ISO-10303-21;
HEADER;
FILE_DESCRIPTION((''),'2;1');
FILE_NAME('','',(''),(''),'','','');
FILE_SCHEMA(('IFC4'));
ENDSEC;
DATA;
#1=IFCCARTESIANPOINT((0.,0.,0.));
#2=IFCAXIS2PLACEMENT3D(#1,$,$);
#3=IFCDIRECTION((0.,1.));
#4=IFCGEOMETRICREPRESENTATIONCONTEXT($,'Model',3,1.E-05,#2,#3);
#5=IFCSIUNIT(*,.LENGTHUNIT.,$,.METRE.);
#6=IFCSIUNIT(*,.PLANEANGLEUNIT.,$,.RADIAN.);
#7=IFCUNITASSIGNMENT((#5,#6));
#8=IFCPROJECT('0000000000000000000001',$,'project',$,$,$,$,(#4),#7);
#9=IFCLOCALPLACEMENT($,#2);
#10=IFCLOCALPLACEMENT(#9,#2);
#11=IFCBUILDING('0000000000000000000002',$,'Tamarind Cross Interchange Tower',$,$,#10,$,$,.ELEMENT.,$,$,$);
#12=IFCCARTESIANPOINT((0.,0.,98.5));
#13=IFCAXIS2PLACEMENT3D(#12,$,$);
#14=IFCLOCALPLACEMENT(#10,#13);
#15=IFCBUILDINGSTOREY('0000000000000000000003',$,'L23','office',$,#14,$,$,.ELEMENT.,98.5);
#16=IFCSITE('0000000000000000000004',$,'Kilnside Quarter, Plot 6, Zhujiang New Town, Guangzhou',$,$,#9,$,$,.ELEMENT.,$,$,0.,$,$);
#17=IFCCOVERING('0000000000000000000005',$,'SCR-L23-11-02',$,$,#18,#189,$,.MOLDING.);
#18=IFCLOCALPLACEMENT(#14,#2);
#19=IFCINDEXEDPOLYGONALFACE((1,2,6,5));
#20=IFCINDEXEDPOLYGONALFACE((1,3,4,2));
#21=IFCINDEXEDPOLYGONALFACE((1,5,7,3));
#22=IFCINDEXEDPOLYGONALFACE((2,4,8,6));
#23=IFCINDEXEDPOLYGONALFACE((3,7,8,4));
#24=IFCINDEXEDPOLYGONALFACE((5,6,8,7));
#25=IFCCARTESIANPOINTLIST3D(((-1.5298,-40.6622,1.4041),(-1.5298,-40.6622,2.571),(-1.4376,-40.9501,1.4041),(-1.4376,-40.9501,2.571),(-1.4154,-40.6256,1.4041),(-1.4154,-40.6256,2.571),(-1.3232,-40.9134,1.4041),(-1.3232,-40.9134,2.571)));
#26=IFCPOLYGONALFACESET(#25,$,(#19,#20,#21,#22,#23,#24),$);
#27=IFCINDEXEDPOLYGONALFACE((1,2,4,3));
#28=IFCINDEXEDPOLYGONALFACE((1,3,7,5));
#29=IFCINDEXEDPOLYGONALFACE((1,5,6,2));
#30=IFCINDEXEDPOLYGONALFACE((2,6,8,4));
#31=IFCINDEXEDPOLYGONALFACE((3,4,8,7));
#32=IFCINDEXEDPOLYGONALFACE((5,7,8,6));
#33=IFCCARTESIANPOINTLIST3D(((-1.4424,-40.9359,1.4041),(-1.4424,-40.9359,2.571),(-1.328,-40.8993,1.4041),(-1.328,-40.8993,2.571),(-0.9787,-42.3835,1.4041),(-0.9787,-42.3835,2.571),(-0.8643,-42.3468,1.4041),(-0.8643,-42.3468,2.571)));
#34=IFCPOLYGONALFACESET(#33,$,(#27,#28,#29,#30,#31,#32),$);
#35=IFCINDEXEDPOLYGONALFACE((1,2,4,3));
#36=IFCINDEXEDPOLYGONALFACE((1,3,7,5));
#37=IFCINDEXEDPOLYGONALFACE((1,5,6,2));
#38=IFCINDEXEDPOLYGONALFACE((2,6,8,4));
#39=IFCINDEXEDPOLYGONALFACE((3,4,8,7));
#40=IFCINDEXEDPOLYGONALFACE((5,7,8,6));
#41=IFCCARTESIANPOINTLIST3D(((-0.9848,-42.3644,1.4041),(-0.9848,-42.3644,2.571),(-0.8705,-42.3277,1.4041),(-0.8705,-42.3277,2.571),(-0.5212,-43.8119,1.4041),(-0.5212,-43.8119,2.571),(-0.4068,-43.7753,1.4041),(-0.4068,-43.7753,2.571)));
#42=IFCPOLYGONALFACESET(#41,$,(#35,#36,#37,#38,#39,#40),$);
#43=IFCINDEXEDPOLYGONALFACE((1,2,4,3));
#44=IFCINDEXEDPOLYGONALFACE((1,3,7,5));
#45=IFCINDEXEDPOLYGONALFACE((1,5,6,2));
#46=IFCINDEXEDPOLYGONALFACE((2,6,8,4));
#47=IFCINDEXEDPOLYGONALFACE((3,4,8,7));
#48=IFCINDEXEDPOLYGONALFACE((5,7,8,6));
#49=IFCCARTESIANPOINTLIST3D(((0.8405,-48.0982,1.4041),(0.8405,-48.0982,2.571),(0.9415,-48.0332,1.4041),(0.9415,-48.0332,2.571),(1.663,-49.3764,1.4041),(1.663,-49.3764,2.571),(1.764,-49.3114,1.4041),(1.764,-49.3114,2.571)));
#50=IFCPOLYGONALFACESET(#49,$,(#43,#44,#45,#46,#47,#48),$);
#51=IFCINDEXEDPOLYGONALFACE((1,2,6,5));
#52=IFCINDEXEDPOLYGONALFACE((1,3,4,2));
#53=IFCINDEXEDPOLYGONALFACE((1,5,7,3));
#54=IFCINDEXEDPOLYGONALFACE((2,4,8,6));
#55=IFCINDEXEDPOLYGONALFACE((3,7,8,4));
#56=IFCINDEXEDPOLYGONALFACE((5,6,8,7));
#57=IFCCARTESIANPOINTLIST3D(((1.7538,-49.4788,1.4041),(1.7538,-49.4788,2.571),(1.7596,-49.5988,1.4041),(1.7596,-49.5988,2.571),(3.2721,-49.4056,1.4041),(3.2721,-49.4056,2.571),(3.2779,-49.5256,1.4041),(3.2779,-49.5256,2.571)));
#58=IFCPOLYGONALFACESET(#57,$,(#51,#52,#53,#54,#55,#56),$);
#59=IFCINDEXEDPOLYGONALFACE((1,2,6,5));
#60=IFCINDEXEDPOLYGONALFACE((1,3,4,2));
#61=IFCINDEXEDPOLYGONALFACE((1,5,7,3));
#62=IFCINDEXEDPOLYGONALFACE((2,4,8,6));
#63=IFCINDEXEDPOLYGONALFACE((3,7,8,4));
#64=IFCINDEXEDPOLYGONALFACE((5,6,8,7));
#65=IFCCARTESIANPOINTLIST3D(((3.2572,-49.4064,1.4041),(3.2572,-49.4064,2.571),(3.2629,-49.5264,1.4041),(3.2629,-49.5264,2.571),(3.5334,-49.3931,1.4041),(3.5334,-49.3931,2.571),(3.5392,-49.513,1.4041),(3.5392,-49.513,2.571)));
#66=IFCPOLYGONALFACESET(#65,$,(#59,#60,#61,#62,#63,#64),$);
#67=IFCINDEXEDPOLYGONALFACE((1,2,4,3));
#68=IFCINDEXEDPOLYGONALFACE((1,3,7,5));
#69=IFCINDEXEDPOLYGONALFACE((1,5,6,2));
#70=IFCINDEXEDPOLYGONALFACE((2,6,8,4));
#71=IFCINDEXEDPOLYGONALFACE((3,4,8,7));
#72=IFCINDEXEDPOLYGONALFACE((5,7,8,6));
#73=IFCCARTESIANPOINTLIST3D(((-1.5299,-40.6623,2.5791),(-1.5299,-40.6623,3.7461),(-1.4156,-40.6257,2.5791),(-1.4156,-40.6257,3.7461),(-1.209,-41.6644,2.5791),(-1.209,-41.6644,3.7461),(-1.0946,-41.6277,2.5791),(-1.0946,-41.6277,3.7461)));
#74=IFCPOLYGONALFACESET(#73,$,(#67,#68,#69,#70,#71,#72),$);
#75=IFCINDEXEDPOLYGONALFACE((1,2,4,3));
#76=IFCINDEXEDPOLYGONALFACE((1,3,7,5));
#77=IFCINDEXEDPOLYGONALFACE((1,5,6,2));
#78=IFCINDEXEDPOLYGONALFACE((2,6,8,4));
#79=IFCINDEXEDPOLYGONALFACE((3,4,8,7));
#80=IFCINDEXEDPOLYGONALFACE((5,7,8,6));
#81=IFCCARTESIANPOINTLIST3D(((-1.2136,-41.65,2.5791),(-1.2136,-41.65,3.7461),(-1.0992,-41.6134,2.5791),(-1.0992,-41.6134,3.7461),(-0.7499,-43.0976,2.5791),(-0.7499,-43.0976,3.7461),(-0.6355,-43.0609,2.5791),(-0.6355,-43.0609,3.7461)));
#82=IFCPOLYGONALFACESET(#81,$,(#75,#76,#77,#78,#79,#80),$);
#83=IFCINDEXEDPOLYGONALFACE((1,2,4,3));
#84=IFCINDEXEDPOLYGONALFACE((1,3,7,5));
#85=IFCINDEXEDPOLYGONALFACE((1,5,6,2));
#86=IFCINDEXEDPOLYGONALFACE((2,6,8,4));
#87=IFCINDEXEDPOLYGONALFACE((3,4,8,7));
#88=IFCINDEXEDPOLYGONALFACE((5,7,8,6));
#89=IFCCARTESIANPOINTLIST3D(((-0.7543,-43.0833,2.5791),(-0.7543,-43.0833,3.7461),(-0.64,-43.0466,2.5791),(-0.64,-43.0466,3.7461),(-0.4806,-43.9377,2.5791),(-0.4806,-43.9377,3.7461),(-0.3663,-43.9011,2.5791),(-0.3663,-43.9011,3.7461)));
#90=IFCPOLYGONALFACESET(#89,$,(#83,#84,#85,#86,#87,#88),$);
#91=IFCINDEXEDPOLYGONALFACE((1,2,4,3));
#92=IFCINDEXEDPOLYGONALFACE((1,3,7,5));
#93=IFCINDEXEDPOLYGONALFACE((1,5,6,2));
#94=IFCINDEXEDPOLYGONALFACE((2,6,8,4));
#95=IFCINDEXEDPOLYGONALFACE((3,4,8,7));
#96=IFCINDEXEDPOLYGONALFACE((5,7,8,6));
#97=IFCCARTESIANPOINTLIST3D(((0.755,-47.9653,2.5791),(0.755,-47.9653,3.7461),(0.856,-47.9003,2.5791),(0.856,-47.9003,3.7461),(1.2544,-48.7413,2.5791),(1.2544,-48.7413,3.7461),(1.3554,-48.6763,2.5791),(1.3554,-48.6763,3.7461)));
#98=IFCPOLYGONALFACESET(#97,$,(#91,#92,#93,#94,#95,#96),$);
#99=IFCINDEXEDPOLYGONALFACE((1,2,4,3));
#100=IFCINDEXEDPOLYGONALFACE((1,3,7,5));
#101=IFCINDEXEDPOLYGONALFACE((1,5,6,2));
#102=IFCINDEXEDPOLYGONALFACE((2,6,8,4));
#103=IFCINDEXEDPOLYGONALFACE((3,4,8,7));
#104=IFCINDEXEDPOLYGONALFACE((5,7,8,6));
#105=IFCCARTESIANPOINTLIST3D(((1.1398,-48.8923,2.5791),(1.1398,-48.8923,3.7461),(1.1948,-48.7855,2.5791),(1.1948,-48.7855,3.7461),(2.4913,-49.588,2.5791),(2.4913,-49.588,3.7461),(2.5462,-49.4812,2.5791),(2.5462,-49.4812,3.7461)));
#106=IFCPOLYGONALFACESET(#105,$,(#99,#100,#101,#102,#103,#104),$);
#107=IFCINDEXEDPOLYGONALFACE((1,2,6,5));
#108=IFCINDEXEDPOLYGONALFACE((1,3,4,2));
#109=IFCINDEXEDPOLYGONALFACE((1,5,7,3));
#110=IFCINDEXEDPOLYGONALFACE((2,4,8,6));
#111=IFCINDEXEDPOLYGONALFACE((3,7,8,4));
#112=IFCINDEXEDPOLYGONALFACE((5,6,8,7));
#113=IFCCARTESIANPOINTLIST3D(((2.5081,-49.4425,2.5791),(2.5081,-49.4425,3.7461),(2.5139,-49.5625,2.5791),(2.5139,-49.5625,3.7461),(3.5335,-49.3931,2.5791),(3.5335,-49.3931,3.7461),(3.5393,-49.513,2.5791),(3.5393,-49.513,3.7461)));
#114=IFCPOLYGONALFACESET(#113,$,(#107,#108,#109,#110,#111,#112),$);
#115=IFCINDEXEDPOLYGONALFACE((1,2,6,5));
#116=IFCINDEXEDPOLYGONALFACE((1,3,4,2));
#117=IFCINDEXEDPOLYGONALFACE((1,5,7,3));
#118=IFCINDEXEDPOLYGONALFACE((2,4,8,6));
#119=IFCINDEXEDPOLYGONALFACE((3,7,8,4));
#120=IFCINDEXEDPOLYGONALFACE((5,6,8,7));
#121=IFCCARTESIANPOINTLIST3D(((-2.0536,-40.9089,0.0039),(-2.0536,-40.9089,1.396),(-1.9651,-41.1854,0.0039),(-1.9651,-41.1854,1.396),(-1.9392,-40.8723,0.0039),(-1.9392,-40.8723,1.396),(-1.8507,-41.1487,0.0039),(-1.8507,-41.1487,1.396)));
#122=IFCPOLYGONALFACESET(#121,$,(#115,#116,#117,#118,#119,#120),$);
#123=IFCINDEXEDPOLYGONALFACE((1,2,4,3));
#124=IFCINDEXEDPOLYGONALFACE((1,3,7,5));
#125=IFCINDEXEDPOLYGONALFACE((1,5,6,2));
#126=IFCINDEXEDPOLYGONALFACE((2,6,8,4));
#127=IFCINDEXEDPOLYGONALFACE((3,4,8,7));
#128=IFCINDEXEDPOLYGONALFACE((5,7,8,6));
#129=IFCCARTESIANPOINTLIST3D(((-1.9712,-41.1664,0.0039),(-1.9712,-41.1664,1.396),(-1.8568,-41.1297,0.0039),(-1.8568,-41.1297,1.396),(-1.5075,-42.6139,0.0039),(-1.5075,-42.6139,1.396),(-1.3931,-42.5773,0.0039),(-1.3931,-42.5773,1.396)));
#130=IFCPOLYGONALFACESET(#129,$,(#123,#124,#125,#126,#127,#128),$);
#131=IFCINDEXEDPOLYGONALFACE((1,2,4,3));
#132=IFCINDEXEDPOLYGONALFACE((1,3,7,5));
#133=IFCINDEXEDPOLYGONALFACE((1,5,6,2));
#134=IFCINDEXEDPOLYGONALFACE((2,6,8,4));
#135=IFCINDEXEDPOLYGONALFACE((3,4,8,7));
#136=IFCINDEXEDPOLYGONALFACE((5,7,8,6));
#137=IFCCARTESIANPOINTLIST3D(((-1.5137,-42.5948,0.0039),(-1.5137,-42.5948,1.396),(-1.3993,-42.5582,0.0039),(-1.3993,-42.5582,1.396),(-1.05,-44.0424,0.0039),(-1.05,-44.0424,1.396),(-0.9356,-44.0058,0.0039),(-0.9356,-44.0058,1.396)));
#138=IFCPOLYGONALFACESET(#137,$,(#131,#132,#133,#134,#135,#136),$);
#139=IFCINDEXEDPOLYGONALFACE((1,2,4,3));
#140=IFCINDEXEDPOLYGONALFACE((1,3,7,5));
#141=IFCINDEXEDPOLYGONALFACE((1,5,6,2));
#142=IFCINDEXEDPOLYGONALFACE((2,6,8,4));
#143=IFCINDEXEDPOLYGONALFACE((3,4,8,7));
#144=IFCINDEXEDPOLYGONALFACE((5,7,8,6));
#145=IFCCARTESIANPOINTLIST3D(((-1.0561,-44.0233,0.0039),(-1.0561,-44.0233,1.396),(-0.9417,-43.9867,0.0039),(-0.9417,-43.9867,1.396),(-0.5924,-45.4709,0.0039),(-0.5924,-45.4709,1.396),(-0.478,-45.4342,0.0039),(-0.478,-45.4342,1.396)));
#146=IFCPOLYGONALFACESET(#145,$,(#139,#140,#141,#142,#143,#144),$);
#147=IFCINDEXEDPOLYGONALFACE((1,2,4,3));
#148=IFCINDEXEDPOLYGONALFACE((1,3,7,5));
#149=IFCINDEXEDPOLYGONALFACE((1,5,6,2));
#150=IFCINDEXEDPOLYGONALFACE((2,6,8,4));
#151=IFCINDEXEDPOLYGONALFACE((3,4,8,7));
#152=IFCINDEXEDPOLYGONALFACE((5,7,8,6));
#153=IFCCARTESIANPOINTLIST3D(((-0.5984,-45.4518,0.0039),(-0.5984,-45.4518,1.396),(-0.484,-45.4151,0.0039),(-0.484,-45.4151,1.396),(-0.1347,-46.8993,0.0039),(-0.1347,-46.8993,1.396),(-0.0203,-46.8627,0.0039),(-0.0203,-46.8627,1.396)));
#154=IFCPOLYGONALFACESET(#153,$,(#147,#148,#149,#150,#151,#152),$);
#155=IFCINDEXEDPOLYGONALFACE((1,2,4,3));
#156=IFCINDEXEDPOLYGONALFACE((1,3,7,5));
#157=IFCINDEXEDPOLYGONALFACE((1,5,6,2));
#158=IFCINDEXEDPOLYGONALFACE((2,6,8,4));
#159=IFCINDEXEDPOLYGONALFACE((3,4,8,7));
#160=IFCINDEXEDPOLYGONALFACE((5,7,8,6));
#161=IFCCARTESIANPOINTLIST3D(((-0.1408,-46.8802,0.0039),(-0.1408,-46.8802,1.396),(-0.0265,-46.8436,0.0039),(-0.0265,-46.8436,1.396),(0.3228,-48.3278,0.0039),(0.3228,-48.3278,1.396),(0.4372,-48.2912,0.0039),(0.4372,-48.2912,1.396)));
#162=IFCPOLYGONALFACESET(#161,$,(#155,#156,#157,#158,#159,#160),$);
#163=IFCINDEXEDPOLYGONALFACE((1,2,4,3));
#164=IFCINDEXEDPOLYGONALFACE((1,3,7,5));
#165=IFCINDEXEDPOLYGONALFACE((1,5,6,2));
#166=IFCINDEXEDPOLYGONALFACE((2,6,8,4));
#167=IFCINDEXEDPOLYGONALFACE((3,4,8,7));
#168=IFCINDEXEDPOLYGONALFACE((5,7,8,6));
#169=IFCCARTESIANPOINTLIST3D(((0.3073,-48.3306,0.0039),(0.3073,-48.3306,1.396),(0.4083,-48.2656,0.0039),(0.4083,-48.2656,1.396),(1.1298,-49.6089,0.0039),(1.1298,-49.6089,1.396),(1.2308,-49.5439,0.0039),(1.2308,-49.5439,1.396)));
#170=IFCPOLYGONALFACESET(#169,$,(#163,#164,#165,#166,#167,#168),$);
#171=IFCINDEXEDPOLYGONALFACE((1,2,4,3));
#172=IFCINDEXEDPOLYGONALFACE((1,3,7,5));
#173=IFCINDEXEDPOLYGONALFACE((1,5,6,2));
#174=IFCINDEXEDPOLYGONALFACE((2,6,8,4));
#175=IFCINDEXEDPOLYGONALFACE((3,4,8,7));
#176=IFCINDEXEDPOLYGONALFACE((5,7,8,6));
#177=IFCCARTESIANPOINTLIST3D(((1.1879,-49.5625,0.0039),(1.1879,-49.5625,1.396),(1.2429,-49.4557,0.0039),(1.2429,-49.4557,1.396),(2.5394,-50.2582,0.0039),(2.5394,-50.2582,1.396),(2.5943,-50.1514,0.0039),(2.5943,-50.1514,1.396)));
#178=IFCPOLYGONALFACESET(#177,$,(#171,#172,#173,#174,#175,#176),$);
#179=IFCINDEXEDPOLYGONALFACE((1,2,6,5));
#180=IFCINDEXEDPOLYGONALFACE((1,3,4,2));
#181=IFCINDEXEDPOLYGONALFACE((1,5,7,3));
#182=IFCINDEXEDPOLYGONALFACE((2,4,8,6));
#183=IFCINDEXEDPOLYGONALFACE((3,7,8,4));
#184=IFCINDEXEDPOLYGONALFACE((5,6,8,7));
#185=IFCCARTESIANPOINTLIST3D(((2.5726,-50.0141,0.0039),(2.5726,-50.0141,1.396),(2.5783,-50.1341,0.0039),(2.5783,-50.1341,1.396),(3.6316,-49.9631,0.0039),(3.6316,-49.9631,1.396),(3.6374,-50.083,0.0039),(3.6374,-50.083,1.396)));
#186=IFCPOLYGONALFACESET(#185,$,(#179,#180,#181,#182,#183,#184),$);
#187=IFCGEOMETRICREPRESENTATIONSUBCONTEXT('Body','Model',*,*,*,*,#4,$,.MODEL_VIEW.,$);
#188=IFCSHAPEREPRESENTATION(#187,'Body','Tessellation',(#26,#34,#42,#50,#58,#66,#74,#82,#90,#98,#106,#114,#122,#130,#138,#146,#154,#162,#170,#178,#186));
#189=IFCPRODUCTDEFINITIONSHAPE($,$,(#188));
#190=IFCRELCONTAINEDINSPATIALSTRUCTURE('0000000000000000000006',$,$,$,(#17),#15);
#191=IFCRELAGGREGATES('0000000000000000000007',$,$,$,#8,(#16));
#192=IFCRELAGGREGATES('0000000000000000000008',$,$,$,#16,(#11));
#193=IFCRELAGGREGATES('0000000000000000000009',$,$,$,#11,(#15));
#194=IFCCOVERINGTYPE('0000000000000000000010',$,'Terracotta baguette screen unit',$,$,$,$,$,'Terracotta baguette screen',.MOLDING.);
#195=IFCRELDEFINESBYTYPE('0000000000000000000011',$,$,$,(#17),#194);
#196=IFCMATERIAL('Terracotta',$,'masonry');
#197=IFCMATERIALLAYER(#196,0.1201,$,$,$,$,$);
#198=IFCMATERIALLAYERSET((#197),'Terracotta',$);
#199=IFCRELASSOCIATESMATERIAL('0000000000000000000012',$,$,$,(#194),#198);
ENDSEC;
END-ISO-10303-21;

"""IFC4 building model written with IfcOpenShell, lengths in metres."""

from ifc_helpers import new_model, si_unit, direction, frame, origin, origin_2d, place, context, subcontext, project, spatial, rectangle, extrude, material, layer, layer_set, type_object, element, save


model = new_model("IFC4")

# Units and contexts
model_context = context("Model", 3, precision=1e-05, world=origin(), true_north=direction((0.0, 1.0)))
body_context = subcontext(model_context, "Body", "Model", "MODEL_VIEW")
ifc_project = project(units=[si_unit("LENGTHUNIT", "METRE"), si_unit("PLANEANGLEUNIT", "RADIAN")], contexts=[model_context])

# Site, building, storey
site_placement = place(None, origin())
site = spatial("IfcSite", under=ifc_project, at=site_placement, Name="Kilnside Quarter, Plot 6, Zhujiang New Town, Guangzhou", CompositionType="ELEMENT", RefElevation=0.0)
building_placement = place(site_placement, origin())
building = spatial("IfcBuilding", under=site, at=building_placement, Name="Tamarind Cross Interchange Tower", CompositionType="ELEMENT")
storey_placement = place(building_placement, frame((0.0, 0.0, 98.5)))
storey = spatial("IfcBuildingStorey", under=building, at=storey_placement, Name="L23", Description="office", CompositionType="ELEMENT", Elevation=98.5)

# Covering
ifc_material_1 = material(Name="Terracotta", Category="masonry")
ifc_layer_1 = layer(ifc_material_1, 0.1201)
ifc_layer_set_1 = layer_set([ifc_layer_1], Name="Terracotta")
covering_type = type_object("IfcCoveringType", Name="Terracotta baguette screen unit", ElementType="Terracotta baguette screen", PredefinedType="MOLDING", material=ifc_layer_set_1)
covering_1_placement = place(storey_placement, origin())
element("IfcCovering", 1, at=covering_1_placement, inside=storey, type_object=covering_type, Name="SCR-L23-11-02", PredefinedType="MOLDING", context=body_context, shape_type="SweptSolid", body=[
    extrude(rectangle(XDim=0.3022, YDim=0.1201, at=origin_2d()), frame((-1.4265, -40.7878, 1.4041), z_axis=(0.0, 0.0, 1.0), x_axis=(0.305057, -0.952334, 0.0)), (0.0, 0.0, 1.0), 1.167),
    extrude(rectangle(XDim=1.52, YDim=0.1201, at=origin_2d()), frame((-1.1533, -41.6414, 1.4041), z_axis=(0.0, 0.0, 1.0), x_axis=(0.305057, -0.952334, 0.0)), (0.0, 0.0, 1.0), 1.167),
    extrude(rectangle(XDim=1.52, YDim=0.1201, at=origin_2d()), frame((-0.6958, -43.0698, 1.4041), z_axis=(0.0, 0.0, 1.0), x_axis=(0.305057, -0.952334, 0.0)), (0.0, 0.0, 1.0), 1.167),
    extrude(rectangle(XDim=1.52, YDim=0.1201, at=origin_2d()), frame((1.3022, -48.7048, 1.4041), z_axis=(0.0, 0.0, 1.0), x_axis=(0.541145, -0.840929, 0.0)), (0.0, 0.0, 1.0), 1.167),
    extrude(rectangle(XDim=1.52, YDim=0.1201, at=origin_2d()), frame((2.5159, -49.5022, 1.4041), z_axis=(0.0, 0.0, 1.0), x_axis=(0.998839, 0.04818, 0.0)), (0.0, 0.0, 1.0), 1.167),
    extrude(rectangle(XDim=0.2766, YDim=0.1201, at=origin_2d()), frame((3.3982, -49.4597, 1.4041), z_axis=(0.0, 0.0, 1.0), x_axis=(0.998839, 0.04818, 0.0)), (0.0, 0.0, 1.0), 1.167),
    extrude(rectangle(XDim=1.0522, YDim=0.1201, at=origin_2d()), frame((-1.3123, -41.145, 2.5791), z_axis=(0.0, 0.0, 1.0), x_axis=(0.305057, -0.952334, 0.0)), (0.0, 0.0, 1.0), 1.167),
    extrude(rectangle(XDim=1.52, YDim=0.1201, at=origin_2d()), frame((-0.9246, -42.3555, 2.5791), z_axis=(0.0, 0.0, 1.0), x_axis=(0.305057, -0.952334, 0.0)), (0.0, 0.0, 1.0), 1.167),
    extrude(rectangle(XDim=0.8972, YDim=0.1201, at=origin_2d()), frame((-0.5603, -43.4922, 2.5791), z_axis=(0.0, 0.0, 1.0), x_axis=(0.305057, -0.952334, 0.0)), (0.0, 0.0, 1.0), 1.167),
    extrude(rectangle(XDim=0.9229, YDim=0.1201, at=origin_2d()), frame((1.0552, -48.3208, 2.5791), z_axis=(0.0, 0.0, 1.0), x_axis=(0.541145, -0.840929, 0.0)), (0.0, 0.0, 1.0), 1.167),
    extrude(rectangle(XDim=1.52, YDim=0.1201, at=origin_2d()), frame((1.843, -49.1868, 2.5791), z_axis=(0.0, 0.0, 1.0), x_axis=(0.88911, -0.457694, 0.0)), (0.0, 0.0, 1.0), 1.167),
    extrude(rectangle(XDim=1.0266, YDim=0.1201, at=origin_2d()), frame((3.0237, -49.4778, 2.5791), z_axis=(0.0, 0.0, 1.0), x_axis=(0.998839, 0.04818, 0.0)), (0.0, 0.0, 1.0), 1.167),
    extrude(rectangle(XDim=0.2903, YDim=0.1201, at=origin_2d()), frame((-1.9521, -41.0288, 0.0039), z_axis=(0.0, 0.0, 1.0), x_axis=(0.305057, -0.952334, 0.0)), (0.0, 0.0, 1.0), 1.3921),
    extrude(rectangle(XDim=1.52, YDim=0.1201, at=origin_2d()), frame((-1.6821, -41.8718, 0.0039), z_axis=(0.0, 0.0, 1.0), x_axis=(0.305057, -0.952334, 0.0)), (0.0, 0.0, 1.0), 1.3921),
    extrude(rectangle(XDim=1.52, YDim=0.1201, at=origin_2d()), frame((-1.2246, -43.3003, 0.0039), z_axis=(0.0, 0.0, 1.0), x_axis=(0.305057, -0.952334, 0.0)), (0.0, 0.0, 1.0), 1.3921),
    extrude(rectangle(XDim=1.52, YDim=0.1201, at=origin_2d()), frame((-0.7671, -44.7288, 0.0039), z_axis=(0.0, 0.0, 1.0), x_axis=(0.305057, -0.952334, 0.0)), (0.0, 0.0, 1.0), 1.3921),
    extrude(rectangle(XDim=1.52, YDim=0.1201, at=origin_2d()), frame((-0.3093, -46.1572, 0.0039), z_axis=(0.0, 0.0, 1.0), x_axis=(0.305057, -0.952334, 0.0)), (0.0, 0.0, 1.0), 1.3921),
    extrude(rectangle(XDim=1.52, YDim=0.1201, at=origin_2d()), frame((0.1482, -47.5857, 0.0039), z_axis=(0.0, 0.0, 1.0), x_axis=(0.305057, -0.952334, 0.0)), (0.0, 0.0, 1.0), 1.3921),
    extrude(rectangle(XDim=1.52, YDim=0.1201, at=origin_2d()), frame((0.769, -48.9373, 0.0039), z_axis=(0.0, 0.0, 1.0), x_axis=(0.541145, -0.840929, 0.0)), (0.0, 0.0, 1.0), 1.3921),
    extrude(rectangle(XDim=1.52, YDim=0.1201, at=origin_2d()), frame((1.8911, -49.8569, 0.0039), z_axis=(0.0, 0.0, 1.0), x_axis=(0.88911, -0.457694, 0.0)), (0.0, 0.0, 1.0), 1.3921),
    extrude(rectangle(XDim=1.0603, YDim=0.1201, at=origin_2d()), frame((3.105, -50.0486, 0.0039), z_axis=(0.0, 0.0, 1.0), x_axis=(0.998839, 0.04818, 0.0)), (0.0, 0.0, 1.0), 1.3921),
])

save(model, "model.ifc")
